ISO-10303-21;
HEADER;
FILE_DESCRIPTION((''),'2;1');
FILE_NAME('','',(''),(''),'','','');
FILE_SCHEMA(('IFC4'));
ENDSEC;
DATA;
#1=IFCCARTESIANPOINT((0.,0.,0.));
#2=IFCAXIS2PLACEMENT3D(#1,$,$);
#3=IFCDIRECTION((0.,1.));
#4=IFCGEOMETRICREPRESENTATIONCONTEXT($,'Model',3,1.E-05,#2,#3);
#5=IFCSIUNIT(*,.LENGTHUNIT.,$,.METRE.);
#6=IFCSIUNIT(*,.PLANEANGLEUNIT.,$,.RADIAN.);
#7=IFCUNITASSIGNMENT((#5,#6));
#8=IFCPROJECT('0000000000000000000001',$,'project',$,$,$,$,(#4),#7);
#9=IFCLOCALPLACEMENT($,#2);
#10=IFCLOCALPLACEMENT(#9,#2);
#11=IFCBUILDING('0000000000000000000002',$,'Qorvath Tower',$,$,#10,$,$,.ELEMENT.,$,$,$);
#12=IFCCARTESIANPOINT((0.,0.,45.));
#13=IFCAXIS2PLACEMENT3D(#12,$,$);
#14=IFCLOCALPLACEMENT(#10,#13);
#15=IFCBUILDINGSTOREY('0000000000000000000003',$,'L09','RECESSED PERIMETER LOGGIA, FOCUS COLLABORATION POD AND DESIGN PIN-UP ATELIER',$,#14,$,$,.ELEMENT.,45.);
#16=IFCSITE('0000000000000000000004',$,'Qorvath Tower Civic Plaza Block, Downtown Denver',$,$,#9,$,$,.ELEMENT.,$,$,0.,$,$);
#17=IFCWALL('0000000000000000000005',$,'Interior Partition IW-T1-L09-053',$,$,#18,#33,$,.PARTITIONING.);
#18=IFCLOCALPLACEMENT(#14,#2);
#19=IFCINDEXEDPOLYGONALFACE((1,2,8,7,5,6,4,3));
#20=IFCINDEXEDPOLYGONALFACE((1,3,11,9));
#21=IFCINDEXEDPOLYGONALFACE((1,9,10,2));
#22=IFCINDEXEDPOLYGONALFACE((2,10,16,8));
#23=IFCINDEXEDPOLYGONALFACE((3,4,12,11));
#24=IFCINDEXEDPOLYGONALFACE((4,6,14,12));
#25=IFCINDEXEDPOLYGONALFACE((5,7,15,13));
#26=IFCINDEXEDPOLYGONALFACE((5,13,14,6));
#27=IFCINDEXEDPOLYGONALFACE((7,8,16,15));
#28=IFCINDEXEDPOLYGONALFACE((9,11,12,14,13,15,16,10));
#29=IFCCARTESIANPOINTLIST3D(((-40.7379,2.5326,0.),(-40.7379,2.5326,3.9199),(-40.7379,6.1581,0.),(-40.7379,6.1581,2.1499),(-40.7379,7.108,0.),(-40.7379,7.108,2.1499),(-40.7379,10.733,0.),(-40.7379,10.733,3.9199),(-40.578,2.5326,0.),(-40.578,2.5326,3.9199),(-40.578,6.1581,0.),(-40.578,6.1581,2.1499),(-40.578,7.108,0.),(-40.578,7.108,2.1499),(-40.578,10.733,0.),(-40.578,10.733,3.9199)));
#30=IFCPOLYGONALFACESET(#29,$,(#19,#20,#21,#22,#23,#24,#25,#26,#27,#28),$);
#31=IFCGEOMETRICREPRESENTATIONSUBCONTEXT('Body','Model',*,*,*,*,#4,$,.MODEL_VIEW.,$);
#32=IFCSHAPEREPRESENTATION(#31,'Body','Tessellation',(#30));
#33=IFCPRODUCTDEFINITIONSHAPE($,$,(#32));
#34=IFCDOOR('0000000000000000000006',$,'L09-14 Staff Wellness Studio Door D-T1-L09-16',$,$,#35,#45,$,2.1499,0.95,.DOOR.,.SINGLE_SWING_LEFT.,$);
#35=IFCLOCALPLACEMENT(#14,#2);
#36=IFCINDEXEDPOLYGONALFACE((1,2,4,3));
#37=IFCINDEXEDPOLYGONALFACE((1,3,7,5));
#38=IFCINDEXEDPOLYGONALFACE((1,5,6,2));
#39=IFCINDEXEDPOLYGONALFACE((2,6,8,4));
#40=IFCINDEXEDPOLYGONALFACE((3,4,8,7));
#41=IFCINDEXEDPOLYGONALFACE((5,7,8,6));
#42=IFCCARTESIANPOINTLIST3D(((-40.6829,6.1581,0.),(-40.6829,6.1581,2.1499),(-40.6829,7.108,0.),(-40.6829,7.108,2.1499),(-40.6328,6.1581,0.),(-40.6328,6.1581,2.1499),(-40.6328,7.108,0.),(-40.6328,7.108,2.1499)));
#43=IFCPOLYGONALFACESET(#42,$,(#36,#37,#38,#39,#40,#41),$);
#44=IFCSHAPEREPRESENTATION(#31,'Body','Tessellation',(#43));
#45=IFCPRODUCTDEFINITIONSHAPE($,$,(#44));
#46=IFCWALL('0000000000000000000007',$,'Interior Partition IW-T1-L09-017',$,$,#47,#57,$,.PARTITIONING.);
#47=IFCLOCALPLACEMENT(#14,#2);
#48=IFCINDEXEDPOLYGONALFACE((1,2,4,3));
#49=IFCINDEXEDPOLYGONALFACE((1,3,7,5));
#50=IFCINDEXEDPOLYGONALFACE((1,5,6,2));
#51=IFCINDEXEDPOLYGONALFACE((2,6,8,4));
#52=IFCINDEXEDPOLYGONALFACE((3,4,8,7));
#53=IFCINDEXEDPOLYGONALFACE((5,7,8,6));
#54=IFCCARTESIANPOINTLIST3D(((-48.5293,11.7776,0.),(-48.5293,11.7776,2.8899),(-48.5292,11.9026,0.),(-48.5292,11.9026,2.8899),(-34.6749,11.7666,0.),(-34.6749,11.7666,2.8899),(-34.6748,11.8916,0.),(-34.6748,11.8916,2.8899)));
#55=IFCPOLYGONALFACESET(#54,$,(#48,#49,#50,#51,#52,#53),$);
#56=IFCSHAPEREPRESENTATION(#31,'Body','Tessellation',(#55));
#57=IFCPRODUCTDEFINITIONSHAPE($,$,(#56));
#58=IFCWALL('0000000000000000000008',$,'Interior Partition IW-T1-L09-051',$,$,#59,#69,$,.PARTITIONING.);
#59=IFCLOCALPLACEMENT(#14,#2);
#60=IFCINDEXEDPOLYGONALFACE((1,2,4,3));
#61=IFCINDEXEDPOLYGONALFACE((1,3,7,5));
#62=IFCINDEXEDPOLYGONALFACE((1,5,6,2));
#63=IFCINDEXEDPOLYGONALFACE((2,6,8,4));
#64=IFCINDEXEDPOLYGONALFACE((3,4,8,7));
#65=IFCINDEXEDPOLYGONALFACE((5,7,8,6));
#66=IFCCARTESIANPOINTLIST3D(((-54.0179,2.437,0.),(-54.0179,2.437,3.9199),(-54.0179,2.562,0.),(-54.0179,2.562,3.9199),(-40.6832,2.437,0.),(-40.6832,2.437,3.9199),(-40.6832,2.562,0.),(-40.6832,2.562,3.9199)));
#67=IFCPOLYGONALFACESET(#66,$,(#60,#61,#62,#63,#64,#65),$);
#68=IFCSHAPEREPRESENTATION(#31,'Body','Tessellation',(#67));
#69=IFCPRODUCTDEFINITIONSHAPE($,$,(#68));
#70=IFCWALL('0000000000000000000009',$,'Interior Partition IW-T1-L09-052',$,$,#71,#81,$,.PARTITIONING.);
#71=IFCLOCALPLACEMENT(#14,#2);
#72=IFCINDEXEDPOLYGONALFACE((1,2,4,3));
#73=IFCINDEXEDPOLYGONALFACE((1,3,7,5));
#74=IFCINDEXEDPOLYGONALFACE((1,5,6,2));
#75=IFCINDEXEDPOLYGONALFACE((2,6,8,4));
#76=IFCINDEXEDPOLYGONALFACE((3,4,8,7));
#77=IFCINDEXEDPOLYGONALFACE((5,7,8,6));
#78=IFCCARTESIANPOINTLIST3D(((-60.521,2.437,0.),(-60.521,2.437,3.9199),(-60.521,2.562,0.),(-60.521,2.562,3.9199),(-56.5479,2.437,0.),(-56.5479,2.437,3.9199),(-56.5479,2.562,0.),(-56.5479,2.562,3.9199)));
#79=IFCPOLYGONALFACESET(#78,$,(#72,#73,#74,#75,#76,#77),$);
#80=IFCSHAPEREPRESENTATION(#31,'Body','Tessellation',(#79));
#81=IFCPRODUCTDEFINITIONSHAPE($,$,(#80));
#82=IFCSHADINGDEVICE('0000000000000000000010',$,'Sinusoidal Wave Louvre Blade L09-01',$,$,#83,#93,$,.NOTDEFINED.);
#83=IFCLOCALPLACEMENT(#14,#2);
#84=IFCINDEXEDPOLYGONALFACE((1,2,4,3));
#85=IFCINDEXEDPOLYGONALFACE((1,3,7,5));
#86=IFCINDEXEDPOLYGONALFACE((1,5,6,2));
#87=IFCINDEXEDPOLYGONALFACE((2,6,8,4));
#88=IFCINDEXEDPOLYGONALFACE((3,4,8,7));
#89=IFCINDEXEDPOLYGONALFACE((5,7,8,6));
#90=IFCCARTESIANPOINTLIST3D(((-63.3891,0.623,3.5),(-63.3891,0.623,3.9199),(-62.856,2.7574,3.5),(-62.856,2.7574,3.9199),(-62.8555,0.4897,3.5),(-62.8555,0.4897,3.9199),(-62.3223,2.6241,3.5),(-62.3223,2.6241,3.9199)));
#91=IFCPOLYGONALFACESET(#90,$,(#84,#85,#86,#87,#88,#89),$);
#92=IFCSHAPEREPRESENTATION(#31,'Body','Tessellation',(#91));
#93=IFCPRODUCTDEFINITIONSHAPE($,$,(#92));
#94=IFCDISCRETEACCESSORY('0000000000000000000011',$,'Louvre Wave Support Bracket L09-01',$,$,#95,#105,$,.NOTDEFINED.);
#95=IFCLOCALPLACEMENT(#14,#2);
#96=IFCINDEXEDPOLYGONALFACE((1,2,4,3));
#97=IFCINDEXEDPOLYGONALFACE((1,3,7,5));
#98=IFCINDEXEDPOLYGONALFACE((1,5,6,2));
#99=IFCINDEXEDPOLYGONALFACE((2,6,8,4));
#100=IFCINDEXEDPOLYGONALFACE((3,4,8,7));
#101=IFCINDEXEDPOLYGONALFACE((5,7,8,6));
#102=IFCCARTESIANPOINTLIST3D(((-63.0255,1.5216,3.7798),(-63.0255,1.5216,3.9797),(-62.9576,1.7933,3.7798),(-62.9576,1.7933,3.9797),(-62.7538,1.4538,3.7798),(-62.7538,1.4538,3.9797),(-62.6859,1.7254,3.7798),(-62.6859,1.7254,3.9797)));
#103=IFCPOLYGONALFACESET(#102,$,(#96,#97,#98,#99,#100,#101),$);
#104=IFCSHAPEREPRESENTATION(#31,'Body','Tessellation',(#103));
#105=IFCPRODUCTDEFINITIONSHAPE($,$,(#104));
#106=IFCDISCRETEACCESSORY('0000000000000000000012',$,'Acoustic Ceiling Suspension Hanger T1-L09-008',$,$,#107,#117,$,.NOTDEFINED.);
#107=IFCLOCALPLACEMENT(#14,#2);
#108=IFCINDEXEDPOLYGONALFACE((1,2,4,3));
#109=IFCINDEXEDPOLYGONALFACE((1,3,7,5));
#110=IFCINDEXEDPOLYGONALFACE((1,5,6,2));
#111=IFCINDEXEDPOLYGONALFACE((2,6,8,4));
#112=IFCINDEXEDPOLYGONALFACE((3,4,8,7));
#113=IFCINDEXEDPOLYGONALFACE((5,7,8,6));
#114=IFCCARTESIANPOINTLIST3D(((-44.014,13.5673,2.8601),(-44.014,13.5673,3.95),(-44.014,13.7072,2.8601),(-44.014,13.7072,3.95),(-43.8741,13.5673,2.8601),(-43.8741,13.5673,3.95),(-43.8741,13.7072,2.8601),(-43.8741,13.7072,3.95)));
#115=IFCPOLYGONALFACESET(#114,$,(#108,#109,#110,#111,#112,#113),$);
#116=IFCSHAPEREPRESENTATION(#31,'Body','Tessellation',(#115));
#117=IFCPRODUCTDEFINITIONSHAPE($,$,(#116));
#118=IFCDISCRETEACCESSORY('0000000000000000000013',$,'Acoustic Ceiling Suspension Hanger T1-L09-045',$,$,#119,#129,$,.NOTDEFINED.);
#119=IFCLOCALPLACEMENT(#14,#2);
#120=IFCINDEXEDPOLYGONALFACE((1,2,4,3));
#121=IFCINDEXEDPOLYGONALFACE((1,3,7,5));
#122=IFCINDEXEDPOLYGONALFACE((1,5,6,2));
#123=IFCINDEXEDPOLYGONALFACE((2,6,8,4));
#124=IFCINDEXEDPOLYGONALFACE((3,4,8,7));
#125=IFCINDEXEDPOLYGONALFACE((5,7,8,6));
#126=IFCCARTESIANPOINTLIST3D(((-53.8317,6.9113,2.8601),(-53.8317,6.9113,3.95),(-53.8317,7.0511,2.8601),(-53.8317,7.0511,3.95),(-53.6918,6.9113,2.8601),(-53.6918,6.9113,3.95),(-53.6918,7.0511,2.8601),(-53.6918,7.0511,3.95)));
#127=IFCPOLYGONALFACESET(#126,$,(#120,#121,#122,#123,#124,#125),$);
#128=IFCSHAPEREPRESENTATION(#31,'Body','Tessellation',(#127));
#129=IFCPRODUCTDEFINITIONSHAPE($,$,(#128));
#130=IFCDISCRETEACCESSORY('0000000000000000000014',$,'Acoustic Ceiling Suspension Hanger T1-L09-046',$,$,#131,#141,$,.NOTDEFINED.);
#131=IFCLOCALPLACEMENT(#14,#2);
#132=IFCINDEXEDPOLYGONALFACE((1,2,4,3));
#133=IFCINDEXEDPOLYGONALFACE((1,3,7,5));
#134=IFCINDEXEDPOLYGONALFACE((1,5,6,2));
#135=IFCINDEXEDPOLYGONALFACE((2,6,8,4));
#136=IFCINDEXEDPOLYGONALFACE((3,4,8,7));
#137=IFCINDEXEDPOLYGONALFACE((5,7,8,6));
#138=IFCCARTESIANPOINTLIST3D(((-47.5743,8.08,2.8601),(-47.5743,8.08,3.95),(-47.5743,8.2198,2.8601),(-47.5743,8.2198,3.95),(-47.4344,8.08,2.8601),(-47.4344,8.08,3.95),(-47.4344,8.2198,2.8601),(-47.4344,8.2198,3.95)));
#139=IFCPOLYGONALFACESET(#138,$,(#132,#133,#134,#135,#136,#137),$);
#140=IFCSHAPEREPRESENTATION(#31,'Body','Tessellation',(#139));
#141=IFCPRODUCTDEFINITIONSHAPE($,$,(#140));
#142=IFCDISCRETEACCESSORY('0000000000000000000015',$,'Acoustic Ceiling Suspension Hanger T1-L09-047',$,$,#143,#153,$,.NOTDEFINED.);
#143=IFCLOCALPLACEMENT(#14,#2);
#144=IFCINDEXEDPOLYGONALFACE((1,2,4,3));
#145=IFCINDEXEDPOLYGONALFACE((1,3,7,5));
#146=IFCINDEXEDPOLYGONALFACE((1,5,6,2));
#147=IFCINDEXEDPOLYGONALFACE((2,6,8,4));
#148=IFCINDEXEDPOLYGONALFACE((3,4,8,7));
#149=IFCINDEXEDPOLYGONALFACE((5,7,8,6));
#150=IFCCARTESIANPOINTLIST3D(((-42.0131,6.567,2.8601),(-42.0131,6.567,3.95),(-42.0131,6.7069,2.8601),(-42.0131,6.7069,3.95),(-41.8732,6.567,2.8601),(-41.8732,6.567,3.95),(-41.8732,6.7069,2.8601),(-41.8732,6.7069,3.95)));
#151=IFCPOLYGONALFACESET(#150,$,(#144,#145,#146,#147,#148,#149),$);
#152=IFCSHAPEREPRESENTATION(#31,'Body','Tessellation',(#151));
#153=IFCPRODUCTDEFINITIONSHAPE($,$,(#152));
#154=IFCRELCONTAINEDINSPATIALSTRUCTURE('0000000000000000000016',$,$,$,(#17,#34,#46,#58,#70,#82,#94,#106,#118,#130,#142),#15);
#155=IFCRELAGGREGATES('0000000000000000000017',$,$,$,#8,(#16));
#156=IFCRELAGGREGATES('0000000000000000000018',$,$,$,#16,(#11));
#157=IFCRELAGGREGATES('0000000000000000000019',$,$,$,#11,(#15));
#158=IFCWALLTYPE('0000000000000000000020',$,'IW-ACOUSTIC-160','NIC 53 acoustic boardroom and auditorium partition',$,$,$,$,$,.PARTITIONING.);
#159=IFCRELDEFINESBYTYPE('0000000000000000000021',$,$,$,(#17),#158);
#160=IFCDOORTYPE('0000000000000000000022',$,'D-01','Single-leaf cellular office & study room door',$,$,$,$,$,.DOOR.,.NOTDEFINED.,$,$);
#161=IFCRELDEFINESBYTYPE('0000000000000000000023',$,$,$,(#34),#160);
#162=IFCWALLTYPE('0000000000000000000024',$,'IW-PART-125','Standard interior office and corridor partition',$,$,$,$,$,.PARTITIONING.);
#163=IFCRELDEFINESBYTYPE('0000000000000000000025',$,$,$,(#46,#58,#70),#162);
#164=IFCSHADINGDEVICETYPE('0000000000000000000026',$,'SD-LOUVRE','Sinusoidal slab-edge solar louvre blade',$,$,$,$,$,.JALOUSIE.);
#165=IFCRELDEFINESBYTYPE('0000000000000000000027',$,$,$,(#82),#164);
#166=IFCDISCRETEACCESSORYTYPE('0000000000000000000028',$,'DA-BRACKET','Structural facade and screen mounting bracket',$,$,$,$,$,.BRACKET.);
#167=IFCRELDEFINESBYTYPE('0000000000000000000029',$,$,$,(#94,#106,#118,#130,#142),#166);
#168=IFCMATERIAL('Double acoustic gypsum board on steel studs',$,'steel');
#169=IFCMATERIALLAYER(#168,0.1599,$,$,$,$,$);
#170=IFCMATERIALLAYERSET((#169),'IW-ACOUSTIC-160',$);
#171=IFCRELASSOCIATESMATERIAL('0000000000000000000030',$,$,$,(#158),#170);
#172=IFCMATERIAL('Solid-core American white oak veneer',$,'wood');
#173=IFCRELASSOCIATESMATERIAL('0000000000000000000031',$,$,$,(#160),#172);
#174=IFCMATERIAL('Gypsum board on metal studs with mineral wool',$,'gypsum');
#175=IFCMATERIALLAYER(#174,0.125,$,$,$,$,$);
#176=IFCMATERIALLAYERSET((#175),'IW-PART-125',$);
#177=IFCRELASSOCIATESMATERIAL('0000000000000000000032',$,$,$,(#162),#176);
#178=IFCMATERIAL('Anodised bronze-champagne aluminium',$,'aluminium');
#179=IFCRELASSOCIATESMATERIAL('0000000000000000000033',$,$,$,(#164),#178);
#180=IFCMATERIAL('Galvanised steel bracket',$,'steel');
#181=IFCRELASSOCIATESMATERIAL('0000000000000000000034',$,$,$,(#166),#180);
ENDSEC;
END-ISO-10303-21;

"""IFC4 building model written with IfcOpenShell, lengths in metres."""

from ifc_helpers import new_model, si_unit, direction, frame, frame_2d, origin, origin_2d, place, context, subcontext, project, spatial, rectangle, extrude, material, layer, layer_set, type_object, element, fill, save


model = new_model("IFC4")

# Units and contexts
model_context = context("Model", 3, precision=1e-05, world=origin(), true_north=direction((0.0, 1.0)))
body_context = subcontext(model_context, "Body", "Model", "MODEL_VIEW")
ifc_project = project(units=[si_unit("LENGTHUNIT", "METRE"), si_unit("PLANEANGLEUNIT", "RADIAN")], contexts=[model_context])

# Site, building, storey
site_placement = place(None, origin())
site = spatial("IfcSite", under=ifc_project, at=site_placement, Name="Qorvath Tower Civic Plaza Block, Downtown Denver", CompositionType="ELEMENT", RefElevation=0.0)
building_placement = place(site_placement, origin())
building = spatial("IfcBuilding", under=site, at=building_placement, Name="Qorvath Tower", CompositionType="ELEMENT")
storey_placement = place(building_placement, frame((0.0, 0.0, 45.0)))
storey = spatial("IfcBuildingStorey", under=building, at=storey_placement, Name="L09", Description="RECESSED PERIMETER LOGGIA, FOCUS COLLABORATION POD AND DESIGN PIN-UP ATELIER", CompositionType="ELEMENT", Elevation=45.0)

# Wall, opening, door
ifc_material_1 = material(Name="Double acoustic gypsum board on steel studs", Category="steel")
ifc_layer_1 = layer(ifc_material_1, 0.1599)
ifc_layer_set_1 = layer_set([ifc_layer_1], Name="IW-ACOUSTIC-160")
wall_type_1 = type_object("IfcWallType", Name="IW-ACOUSTIC-160", Description="NIC 53 acoustic boardroom and auditorium partition", PredefinedType="PARTITIONING", material=ifc_layer_set_1)
wall_1_placement = place(storey_placement, frame((-40.658, 2.5327, 0.0), z_axis=(0.0, 0.0, 1.0), x_axis=(0.0, 1.0, 0.0)))
wall_1 = element("IfcWall", 1, at=wall_1_placement, inside=storey, type_object=wall_type_1, Name="Interior Partition IW-T1-L09-053", PredefinedType="PARTITIONING", context=body_context, shape_type="SweptSolid", body=[
    extrude(rectangle(XDim=8.2004, YDim=0.1599, at=frame_2d((4.1001, 0.0))), origin(), (0.0, 0.0, 1.0), 3.9199),
])
opening_placement = place(wall_1_placement, frame((3.6252, 0.0, 0.0)))
opening = element("IfcOpeningElement", 2, at=opening_placement, cuts=wall_1, PredefinedType="OPENING", context=body_context, shape_type="SweptSolid", body=[
    extrude(rectangle(XDim=0.95, YDim=2.1499, at=frame_2d((0.4751, 1.075))), frame((0.0, 0.0898, 0.0), z_axis=(0.0, -1.0, 0.0), x_axis=(1.0, 0.0, 0.0)), (0.0, 0.0, 1.0), 0.1799),
])
ifc_material_2 = material(Name="Solid-core American white oak veneer", Category="wood")
door_type = type_object("IfcDoorType", Name="D-01", Description="Single-leaf cellular office & study room door", OperationType="NOTDEFINED", PredefinedType="DOOR", material=ifc_material_2)
door_placement = place(opening_placement, origin())
door = element("IfcDoor", 3, at=door_placement, inside=storey, type_object=door_type, Name="L09-14 Staff Wellness Studio Door D-T1-L09-16", OperationType="SINGLE_SWING_LEFT", OverallHeight=2.1499, OverallWidth=0.95, PredefinedType="DOOR", context=body_context, shape_type="SweptSolid", body=[
    extrude(rectangle(XDim=0.95, YDim=2.1499, at=frame_2d((0.4751, 1.075))), frame((0.0, 0.0249, 0.0), z_axis=(0.0, -1.0, 0.0), x_axis=(1.0, 0.0, 0.0)), (0.0, 0.0, 1.0), 0.05),
])
fill(opening, door)

# Walls
ifc_material_3 = material(Name="Gypsum board on metal studs with mineral wool", Category="gypsum")
ifc_layer_2 = layer(ifc_material_3, 0.125)
ifc_layer_set_2 = layer_set([ifc_layer_2], Name="IW-PART-125")
wall_type_2 = type_object("IfcWallType", Name="IW-PART-125", Description="Standard interior office and corridor partition", PredefinedType="PARTITIONING", material=ifc_layer_set_2)
wall_2_placement = place(storey_placement, frame((-48.5293, 11.8401, 0.0), z_axis=(0.0, 0.0, 1.0), x_axis=(1.0, -0.000793, 0.0)))
element("IfcWall", 4, at=wall_2_placement, inside=storey, type_object=wall_type_2, Name="Interior Partition IW-T1-L09-017", PredefinedType="PARTITIONING", context=body_context, shape_type="SweptSolid", body=[
    extrude(rectangle(XDim=13.8545, YDim=0.125, at=frame_2d((6.9272, 0.0))), origin(), (0.0, 0.0, 1.0), 2.8899),
])
wall_3_placement = place(storey_placement, frame((-40.6831, 2.4995, 0.0), z_axis=(0.0, 0.0, 1.0), x_axis=(-1.0, 0.0, 0.0)))
element("IfcWall", 5, at=wall_3_placement, inside=storey, type_object=wall_type_2, Name="Interior Partition IW-T1-L09-051", PredefinedType="PARTITIONING", context=body_context, shape_type="SweptSolid", body=[
    extrude(rectangle(XDim=13.3347, YDim=0.125, at=frame_2d((6.6675, 0.0))), origin(), (0.0, 0.0, 1.0), 3.9199),
])
wall_4_placement = place(storey_placement, frame((-56.5479, 2.4995, 0.0), z_axis=(0.0, 0.0, 1.0), x_axis=(-1.0, 0.0, 0.0)))
element("IfcWall", 6, at=wall_4_placement, inside=storey, type_object=wall_type_2, Name="Interior Partition IW-T1-L09-052", PredefinedType="PARTITIONING", context=body_context, shape_type="SweptSolid", body=[
    extrude(rectangle(XDim=3.9731, YDim=0.125, at=frame_2d((1.9866, 0.0))), origin(), (0.0, 0.0, 1.0), 3.9199),
])

# Shading device
ifc_material_4 = material(Name="Anodised bronze-champagne aluminium", Category="aluminium")
shading_device_type = type_object("IfcShadingDeviceType", Name="SD-LOUVRE", Description="Sinusoidal slab-edge solar louvre blade", PredefinedType="JALOUSIE", material=ifc_material_4)
shading_device_placement = place(storey_placement, frame((-62.8557, 1.6235, 3.5), z_axis=(0.0, 0.0, 1.0), x_axis=(-0.242352, -0.970188, 0.0)))
element("IfcShadingDevice", 7, at=shading_device_placement, inside=storey, type_object=shading_device_type, Name="Sinusoidal Wave Louvre Blade L09-01", PredefinedType="NOTDEFINED", context=body_context, shape_type="SweptSolid", body=[
    extrude(rectangle(XDim=2.2, YDim=0.55, at=origin_2d()), origin(), (0.0, 0.0, 1.0), 0.4199),
])

# Discrete accessories
ifc_material_5 = material(Name="Galvanised steel bracket", Category="steel")
discrete_accessory_type = type_object("IfcDiscreteAccessoryType", Name="DA-BRACKET", Description="Structural facade and screen mounting bracket", PredefinedType="BRACKET", material=ifc_material_5)
discrete_accessory_placement = place(storey_placement, frame((-62.8557, 1.6235, 3.7798), z_axis=(0.0, 0.0, 1.0), x_axis=(-0.242352, -0.970188, 0.0)))
element("IfcDiscreteAccessory", 8, at=discrete_accessory_placement, inside=storey, type_object=discrete_accessory_type, Name="Louvre Wave Support Bracket L09-01", PredefinedType="NOTDEFINED", context=body_context, shape_type="SweptSolid", body=[
    extrude(rectangle(XDim=0.28, YDim=0.28, at=origin_2d()), origin(), (0.0, 0.0, 1.0), 0.2),
])
for number, where, z_axis, x_axis, name in (
    (9, (-43.9441, 13.6372, 2.8601), (0.0, 0.0, 1.0), (1.0, 0.0, 0.0), "Acoustic Ceiling Suspension Hanger T1-L09-008"),
    (10, (-53.7617, 6.9812, 2.8601), (0.0, 0.0, 1.0), (1.0, 0.0, 0.0), "Acoustic Ceiling Suspension Hanger T1-L09-045"),
    (11, (-47.5044, 8.1499, 2.8601), (0.0, 0.0, 1.0), (1.0, 0.0, 0.0), "Acoustic Ceiling Suspension Hanger T1-L09-046"),
    (12, (-41.9431, 6.637, 2.8601), (0.0, 0.0, 1.0), (1.0, 0.0, 0.0), "Acoustic Ceiling Suspension Hanger T1-L09-047"),
):
    element("IfcDiscreteAccessory", number, at=place(storey_placement, frame(where, z_axis=z_axis, x_axis=x_axis)), inside=storey, type_object=discrete_accessory_type, Name=name, PredefinedType="NOTDEFINED", context=body_context, shape_type="SweptSolid", body=[
        extrude(rectangle(XDim=0.1399, YDim=0.1399, at=origin_2d()), origin(), (0.0, 0.0, 1.0), 1.0898),
    ])

save(model, "model.ifc")
